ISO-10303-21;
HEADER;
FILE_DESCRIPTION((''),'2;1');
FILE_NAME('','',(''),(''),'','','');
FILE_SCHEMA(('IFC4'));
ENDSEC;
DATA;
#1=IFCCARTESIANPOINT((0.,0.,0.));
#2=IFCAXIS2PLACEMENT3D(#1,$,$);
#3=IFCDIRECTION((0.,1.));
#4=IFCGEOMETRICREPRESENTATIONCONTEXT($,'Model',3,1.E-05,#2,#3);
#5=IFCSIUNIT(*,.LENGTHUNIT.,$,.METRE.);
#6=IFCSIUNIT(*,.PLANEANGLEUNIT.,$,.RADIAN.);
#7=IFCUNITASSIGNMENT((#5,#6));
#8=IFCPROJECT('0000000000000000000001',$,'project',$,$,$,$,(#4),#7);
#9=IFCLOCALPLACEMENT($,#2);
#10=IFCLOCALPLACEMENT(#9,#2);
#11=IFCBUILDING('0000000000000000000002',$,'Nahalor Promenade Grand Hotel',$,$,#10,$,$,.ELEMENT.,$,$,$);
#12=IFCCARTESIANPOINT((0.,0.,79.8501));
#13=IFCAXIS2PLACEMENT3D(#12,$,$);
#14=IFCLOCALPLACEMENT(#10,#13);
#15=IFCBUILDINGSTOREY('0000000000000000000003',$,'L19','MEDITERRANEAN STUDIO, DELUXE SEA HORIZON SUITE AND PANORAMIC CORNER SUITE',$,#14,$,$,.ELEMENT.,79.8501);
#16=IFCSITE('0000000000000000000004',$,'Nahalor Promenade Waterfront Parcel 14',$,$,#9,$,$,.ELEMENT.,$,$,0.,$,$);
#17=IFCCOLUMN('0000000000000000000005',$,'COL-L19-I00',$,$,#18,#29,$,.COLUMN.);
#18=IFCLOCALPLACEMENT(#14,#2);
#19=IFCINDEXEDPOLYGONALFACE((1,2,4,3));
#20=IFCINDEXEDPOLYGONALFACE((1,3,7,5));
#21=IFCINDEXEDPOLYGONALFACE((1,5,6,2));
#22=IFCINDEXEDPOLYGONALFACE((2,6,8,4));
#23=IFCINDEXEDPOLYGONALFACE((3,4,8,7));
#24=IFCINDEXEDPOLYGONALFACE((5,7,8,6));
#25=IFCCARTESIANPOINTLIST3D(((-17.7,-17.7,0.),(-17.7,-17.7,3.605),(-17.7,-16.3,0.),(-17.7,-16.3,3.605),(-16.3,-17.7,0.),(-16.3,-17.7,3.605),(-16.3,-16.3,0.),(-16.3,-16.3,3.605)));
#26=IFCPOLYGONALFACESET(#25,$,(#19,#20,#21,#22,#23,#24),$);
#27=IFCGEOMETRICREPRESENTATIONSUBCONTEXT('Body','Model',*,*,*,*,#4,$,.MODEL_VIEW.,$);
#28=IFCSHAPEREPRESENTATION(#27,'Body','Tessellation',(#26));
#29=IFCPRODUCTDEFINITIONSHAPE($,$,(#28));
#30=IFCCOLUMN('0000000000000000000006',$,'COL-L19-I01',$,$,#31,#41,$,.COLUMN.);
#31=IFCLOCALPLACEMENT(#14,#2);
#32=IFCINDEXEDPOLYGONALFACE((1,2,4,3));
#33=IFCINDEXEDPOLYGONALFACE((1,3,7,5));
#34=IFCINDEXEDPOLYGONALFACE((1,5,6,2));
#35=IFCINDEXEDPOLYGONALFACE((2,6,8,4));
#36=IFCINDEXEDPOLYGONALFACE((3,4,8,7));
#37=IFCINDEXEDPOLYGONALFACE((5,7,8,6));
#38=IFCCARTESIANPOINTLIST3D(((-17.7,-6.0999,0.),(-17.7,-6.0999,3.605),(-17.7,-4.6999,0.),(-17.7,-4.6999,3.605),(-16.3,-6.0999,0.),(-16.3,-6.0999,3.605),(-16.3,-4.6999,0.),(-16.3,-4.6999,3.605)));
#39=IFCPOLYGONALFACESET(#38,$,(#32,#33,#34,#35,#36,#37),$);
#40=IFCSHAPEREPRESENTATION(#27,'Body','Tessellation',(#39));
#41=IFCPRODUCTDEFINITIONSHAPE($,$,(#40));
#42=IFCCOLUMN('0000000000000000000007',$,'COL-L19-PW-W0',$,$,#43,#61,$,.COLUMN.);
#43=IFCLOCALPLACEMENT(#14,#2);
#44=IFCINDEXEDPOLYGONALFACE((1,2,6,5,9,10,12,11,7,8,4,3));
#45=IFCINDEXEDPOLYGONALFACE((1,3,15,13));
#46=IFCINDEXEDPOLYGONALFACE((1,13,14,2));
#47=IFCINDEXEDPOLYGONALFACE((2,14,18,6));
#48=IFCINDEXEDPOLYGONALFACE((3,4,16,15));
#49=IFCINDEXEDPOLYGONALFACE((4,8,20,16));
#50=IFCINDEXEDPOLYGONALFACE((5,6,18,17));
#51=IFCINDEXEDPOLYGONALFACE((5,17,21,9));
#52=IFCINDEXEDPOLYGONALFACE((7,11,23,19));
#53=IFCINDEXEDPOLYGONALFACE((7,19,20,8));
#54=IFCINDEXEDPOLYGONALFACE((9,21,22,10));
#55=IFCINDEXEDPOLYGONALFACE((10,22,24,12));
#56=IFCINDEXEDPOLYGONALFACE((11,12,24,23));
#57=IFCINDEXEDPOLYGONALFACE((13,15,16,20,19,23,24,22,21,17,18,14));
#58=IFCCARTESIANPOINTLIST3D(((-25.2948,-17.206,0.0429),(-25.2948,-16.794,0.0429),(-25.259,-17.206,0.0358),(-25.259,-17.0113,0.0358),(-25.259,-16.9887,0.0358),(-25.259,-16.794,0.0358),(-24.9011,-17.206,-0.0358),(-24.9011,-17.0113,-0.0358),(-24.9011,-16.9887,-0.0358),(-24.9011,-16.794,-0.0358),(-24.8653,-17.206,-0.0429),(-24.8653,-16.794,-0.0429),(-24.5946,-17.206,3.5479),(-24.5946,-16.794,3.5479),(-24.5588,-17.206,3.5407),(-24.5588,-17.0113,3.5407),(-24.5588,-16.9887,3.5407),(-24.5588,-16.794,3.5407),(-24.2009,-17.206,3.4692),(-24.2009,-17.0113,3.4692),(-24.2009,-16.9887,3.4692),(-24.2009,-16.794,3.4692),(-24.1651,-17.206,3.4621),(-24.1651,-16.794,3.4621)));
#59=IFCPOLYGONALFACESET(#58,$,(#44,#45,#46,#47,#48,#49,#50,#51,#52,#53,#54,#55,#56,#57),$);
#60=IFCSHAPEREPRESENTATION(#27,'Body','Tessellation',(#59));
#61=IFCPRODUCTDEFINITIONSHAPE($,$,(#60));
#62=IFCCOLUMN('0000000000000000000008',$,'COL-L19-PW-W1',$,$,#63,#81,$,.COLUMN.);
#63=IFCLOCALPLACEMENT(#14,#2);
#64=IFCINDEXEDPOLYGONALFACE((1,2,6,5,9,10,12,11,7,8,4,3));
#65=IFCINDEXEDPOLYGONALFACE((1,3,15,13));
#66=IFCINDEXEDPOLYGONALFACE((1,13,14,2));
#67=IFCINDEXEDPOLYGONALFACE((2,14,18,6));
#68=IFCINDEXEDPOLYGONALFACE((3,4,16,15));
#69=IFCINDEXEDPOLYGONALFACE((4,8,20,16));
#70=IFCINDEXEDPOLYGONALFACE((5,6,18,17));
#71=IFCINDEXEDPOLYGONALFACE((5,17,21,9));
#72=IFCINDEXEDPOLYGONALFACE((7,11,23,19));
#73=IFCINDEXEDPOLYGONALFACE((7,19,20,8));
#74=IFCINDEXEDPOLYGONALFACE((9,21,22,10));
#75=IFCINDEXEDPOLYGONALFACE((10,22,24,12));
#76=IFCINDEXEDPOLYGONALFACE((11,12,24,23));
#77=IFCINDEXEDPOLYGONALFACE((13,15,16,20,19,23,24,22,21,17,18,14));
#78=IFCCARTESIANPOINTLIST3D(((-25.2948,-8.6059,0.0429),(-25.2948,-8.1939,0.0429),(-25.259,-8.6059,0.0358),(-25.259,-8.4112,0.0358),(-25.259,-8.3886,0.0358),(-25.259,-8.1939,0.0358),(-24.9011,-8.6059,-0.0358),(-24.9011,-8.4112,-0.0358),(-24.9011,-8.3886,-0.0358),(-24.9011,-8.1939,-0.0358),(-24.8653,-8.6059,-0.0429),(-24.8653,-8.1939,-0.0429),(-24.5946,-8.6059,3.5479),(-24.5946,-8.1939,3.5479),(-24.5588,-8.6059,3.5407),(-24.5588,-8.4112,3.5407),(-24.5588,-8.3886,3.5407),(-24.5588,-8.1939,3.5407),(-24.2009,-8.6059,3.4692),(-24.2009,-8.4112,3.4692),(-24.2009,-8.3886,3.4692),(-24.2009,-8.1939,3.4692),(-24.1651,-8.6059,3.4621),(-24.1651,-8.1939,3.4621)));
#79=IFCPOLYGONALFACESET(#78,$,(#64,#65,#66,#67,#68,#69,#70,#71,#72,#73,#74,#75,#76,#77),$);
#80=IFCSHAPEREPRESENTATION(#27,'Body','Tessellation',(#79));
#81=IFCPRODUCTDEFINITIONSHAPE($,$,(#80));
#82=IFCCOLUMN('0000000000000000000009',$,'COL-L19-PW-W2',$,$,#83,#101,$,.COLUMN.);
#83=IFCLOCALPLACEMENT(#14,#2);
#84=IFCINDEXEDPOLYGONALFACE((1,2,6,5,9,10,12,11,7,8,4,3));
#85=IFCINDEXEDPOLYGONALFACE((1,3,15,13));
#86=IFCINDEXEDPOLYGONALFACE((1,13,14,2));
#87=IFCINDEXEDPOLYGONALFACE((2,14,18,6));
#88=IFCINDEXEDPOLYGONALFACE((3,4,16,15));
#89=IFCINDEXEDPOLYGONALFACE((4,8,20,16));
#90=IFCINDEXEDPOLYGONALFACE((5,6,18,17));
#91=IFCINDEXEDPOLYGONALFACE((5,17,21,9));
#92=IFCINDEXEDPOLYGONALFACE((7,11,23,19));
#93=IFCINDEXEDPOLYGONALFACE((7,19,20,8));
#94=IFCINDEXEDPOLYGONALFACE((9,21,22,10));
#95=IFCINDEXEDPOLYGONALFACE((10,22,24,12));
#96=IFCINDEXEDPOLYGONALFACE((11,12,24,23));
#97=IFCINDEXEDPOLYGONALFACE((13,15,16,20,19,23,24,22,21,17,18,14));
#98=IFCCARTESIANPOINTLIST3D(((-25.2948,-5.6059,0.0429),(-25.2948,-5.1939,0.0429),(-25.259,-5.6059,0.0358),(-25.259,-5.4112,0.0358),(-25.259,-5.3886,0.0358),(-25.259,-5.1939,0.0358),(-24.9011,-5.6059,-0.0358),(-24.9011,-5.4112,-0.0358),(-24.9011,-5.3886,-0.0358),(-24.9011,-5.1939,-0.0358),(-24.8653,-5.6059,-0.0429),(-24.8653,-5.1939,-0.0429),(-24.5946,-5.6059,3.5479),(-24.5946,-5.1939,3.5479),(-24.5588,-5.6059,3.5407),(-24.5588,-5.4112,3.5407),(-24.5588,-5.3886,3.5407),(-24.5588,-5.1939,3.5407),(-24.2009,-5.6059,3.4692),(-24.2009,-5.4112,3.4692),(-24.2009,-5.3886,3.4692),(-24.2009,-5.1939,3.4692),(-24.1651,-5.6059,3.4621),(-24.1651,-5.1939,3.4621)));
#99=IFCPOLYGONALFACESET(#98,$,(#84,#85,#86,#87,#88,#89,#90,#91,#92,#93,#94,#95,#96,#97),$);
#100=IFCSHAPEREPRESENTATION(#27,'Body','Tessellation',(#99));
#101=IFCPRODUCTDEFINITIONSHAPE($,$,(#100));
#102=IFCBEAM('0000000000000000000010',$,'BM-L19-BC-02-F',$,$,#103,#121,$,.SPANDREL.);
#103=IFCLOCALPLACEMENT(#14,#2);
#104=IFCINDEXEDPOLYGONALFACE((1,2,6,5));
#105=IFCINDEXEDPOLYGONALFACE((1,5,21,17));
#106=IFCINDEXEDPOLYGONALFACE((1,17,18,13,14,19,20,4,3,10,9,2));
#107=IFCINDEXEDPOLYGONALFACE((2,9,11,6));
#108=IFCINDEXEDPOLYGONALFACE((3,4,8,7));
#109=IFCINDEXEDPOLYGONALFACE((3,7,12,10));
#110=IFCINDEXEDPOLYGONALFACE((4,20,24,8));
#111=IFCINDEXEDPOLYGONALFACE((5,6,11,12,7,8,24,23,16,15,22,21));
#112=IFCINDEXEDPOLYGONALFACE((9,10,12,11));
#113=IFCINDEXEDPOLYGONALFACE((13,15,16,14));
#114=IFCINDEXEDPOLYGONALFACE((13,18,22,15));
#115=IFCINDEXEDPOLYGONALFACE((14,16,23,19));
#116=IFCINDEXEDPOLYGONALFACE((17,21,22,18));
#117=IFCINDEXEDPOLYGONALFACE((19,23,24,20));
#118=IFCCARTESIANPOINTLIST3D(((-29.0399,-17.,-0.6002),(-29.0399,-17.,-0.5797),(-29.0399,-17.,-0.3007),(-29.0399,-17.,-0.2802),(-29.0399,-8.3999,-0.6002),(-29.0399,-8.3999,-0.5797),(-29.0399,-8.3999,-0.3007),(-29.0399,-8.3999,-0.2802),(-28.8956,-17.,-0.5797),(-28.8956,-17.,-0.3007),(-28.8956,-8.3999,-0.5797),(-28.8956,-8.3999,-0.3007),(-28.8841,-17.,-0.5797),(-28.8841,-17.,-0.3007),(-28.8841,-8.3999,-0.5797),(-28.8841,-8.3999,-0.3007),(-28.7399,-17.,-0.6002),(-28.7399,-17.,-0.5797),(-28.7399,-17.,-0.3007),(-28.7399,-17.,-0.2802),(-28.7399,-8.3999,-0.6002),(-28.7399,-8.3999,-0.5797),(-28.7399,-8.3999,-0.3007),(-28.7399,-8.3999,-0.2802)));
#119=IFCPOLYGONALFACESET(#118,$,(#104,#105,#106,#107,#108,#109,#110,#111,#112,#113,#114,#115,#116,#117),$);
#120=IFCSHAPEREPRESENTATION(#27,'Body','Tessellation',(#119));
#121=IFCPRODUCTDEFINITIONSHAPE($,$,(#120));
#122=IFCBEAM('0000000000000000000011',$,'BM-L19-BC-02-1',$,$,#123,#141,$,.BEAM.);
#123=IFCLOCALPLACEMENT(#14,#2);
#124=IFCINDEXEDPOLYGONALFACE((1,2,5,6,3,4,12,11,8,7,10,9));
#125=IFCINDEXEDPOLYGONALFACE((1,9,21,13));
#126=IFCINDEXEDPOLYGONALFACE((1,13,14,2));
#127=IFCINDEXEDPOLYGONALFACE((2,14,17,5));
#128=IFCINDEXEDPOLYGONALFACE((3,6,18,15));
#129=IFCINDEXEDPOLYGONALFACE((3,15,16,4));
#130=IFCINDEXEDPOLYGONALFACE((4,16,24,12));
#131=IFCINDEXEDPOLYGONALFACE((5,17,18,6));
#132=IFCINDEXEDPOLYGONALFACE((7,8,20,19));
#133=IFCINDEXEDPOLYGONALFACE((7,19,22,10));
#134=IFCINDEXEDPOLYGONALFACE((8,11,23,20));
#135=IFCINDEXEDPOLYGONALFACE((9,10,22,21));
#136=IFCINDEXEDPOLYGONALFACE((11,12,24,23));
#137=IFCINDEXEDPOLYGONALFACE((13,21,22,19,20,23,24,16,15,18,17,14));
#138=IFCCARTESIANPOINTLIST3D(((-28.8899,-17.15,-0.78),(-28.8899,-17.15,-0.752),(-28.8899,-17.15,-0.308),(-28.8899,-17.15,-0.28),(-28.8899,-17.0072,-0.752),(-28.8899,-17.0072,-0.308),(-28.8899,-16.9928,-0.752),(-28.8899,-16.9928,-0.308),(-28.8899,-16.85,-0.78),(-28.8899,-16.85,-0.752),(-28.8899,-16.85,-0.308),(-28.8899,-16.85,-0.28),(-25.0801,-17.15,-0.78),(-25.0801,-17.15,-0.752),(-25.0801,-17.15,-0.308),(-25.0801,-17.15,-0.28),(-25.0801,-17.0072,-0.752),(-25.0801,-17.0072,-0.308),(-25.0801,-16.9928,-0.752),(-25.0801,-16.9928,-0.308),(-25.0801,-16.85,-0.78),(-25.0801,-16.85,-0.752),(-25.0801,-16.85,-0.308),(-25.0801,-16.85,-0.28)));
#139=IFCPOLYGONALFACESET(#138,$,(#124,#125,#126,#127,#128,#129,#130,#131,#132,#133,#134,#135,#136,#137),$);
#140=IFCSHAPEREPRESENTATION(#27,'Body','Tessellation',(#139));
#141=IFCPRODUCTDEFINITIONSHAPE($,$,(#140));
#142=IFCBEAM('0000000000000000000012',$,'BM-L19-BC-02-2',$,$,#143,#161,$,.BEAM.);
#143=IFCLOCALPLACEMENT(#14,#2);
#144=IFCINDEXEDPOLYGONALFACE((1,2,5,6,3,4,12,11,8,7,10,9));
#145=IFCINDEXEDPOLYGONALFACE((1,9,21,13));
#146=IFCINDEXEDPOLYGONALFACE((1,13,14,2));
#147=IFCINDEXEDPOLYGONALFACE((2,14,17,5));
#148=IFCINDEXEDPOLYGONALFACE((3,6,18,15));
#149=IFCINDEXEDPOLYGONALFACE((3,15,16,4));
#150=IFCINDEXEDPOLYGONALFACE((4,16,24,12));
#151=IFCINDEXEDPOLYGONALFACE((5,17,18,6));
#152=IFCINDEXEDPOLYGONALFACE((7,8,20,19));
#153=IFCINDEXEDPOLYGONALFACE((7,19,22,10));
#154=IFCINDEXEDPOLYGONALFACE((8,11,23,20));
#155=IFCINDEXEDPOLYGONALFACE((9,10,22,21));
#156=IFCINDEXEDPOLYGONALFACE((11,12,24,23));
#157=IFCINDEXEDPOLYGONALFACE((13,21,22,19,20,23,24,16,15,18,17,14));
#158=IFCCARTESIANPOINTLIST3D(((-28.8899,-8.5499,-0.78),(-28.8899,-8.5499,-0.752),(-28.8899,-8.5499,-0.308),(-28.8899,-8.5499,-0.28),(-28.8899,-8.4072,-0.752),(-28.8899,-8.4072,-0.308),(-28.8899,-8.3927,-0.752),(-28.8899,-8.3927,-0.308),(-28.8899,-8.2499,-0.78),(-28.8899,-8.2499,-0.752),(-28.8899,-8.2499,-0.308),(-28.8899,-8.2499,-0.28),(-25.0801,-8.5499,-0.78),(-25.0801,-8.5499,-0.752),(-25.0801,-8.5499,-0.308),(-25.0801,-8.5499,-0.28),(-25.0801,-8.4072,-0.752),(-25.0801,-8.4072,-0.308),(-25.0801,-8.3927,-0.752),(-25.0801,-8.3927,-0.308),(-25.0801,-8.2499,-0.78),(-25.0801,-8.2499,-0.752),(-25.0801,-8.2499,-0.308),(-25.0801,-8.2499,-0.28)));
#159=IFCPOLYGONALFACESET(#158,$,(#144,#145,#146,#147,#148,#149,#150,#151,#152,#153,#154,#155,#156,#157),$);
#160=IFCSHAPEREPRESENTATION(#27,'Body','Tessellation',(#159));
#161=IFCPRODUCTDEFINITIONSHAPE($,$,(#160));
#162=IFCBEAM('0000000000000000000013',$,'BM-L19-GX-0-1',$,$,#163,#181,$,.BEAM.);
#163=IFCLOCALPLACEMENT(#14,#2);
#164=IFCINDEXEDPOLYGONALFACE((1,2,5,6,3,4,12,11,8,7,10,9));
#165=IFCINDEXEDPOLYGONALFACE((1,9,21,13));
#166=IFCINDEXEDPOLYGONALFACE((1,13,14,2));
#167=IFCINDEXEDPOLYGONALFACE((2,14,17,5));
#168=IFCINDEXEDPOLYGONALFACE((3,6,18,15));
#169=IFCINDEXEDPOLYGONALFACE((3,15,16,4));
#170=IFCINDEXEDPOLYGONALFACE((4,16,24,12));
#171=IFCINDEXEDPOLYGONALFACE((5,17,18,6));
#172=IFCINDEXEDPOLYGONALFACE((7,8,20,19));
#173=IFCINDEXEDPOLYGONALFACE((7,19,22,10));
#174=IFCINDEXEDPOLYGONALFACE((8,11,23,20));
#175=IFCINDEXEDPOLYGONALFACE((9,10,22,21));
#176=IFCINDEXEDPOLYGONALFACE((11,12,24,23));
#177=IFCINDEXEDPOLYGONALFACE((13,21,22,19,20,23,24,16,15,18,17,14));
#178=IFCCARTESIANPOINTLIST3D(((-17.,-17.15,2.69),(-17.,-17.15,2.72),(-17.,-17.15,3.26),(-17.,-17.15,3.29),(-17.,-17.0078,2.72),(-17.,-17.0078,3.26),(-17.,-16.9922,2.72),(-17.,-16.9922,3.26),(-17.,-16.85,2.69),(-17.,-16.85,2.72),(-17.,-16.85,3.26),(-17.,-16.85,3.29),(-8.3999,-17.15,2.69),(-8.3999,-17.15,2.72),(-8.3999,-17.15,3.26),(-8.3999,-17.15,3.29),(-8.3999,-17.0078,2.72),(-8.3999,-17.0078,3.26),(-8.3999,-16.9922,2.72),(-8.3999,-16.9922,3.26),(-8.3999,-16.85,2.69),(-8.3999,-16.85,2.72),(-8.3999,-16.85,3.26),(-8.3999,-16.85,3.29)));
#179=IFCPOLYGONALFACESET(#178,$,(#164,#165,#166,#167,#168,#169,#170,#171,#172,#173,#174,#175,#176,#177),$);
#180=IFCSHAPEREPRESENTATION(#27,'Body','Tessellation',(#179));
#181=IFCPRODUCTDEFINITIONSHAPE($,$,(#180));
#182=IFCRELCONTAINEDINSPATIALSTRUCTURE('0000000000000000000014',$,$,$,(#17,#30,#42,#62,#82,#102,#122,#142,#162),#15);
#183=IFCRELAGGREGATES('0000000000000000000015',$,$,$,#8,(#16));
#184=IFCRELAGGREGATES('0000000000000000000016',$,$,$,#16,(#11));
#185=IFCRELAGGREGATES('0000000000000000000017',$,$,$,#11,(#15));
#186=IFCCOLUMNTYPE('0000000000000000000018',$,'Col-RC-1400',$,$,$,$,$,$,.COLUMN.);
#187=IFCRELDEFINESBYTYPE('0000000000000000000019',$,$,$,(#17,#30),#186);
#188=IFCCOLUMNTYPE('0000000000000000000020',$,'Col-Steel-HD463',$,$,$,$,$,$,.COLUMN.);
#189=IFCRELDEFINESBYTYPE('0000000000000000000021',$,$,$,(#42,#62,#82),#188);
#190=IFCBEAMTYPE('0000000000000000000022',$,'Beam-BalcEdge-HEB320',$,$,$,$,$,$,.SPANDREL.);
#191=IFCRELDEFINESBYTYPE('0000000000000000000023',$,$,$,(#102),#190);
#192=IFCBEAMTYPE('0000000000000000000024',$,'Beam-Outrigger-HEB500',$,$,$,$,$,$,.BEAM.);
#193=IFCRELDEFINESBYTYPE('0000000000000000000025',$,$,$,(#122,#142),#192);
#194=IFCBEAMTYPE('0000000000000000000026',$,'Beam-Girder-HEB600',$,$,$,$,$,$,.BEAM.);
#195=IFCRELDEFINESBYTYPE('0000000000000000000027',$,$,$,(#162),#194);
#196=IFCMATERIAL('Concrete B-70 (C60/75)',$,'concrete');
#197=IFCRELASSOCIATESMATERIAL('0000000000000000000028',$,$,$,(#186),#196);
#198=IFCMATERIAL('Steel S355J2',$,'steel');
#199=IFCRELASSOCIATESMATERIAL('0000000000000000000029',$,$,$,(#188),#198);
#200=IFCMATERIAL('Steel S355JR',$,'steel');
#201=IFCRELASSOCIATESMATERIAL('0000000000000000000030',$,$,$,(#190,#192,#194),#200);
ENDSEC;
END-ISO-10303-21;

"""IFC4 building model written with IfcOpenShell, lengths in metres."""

from ifc_helpers import new_model, si_unit, direction, frame, origin, origin_2d, place, context, subcontext, project, spatial, rectangle, i_section, extrude, source, transform, mapped, material, material_profile, profile_set, type_object, element, save


model = new_model("IFC4")

# Units and contexts
model_context = context("Model", 3, precision=1e-05, world=origin(), true_north=direction((0.0, 1.0)))
body_context = subcontext(model_context, "Body", "Model", "MODEL_VIEW")
ifc_project = project(units=[si_unit("LENGTHUNIT", "METRE"), si_unit("PLANEANGLEUNIT", "RADIAN")], contexts=[model_context])

# Site, building, storey
site_placement = place(None, origin())
site = spatial("IfcSite", under=ifc_project, at=site_placement, Name="Nahalor Promenade Waterfront Parcel 14", CompositionType="ELEMENT", RefElevation=0.0)
building_placement = place(site_placement, origin())
building = spatial("IfcBuilding", under=site, at=building_placement, Name="Nahalor Promenade Grand Hotel", CompositionType="ELEMENT")
storey_placement = place(building_placement, frame((0.0, 0.0, 79.8501)))
storey = spatial("IfcBuildingStorey", under=building, at=storey_placement, Name="L19", Description="MEDITERRANEAN STUDIO, DELUXE SEA HORIZON SUITE AND PANORAMIC CORNER SUITE", CompositionType="ELEMENT", Elevation=79.8501)

# Columns
ifc_material_1 = material(Name="Concrete B-70 (C60/75)", Category="concrete")
ifc_material_profile_1 = material_profile(ifc_material_1, rectangle(XDim=1.4, YDim=1.4, at=origin_2d()), Name="RC 1400x1400")
ifc_profile_set_1 = profile_set([ifc_material_profile_1], Name="Concrete B-70 (C60/75)")
column_type_1 = type_object("IfcColumnType", Name="Col-RC-1400", PredefinedType="COLUMN", material=ifc_profile_set_1)
shared_shape_1 = source(origin(), body_context, "Body", "SweptSolid", [
    extrude(rectangle(XDim=1.4, YDim=1.4, at=origin_2d()), origin(), (0.0, 0.0, 1.0), 3.605),
])
for number, where, z_axis, x_axis, name in (
    (1, (-17.0, -17.0, 0.0), (0.0, 0.0, 1.0), (1.0, 0.0, 0.0), "COL-L19-I00"),
    (2, (-17.0, -5.3999, 0.0), (0.0, 0.0, 1.0), (1.0, 0.0, 0.0), "COL-L19-I01"),
):
    element("IfcColumn", number, at=place(storey_placement, frame(where, z_axis=z_axis, x_axis=x_axis)), inside=storey, type_object=column_type_1, Name=name, PredefinedType="COLUMN", context=body_context, shape_type="MappedRepresentation", body=[
        mapped(shared_shape_1, transform((0.0, 0.0, 0.0), scale=1.0)),
    ])
ifc_material_2 = material(Name="Steel S355J2", Category="steel")
ifc_material_profile_2 = material_profile(ifc_material_2, i_section(OverallWidth=0.412, OverallDepth=0.438, WebThickness=0.0226, FlangeThickness=0.0365, at=origin_2d()), Name="HD 400x463")
ifc_profile_set_2 = profile_set([ifc_material_profile_2], Name="Steel S355J2")
column_type_2 = type_object("IfcColumnType", Name="Col-Steel-HD463", PredefinedType="COLUMN", material=ifc_profile_set_2)
shared_shape_2 = source(origin(), body_context, "Body", "SweptSolid", [
    extrude(i_section(OverallWidth=0.412, OverallDepth=0.438, WebThickness=0.0226, FlangeThickness=0.0365, at=origin_2d()), origin(), (0.0, 0.0, 1.0), 3.5742),
])
for number, where, z_axis, x_axis, name in (
    (3, (-25.0801, -17.0, 0.0), (0.195906, 0.0, 0.980623), (0.0, 1.0, 0.0), "COL-L19-PW-W0"),
    (4, (-25.0801, -8.3999, 0.0), (0.195906, 0.0, 0.980623), (0.0, 1.0, 0.0), "COL-L19-PW-W1"),
    (5, (-25.0801, -5.3999, 0.0), (0.195906, 0.0, 0.980623), (0.0, 1.0, 0.0), "COL-L19-PW-W2"),
):
    element("IfcColumn", number, at=place(storey_placement, frame(where, z_axis=z_axis, x_axis=x_axis)), inside=storey, type_object=column_type_2, Name=name, PredefinedType="COLUMN", context=body_context, shape_type="MappedRepresentation", body=[
        mapped(shared_shape_2, transform((0.0, 0.0, 0.0), scale=1.0)),
    ])

# Beams
ifc_material_3 = material(Name="Steel S355JR", Category="steel")
ifc_material_profile_3 = material_profile(ifc_material_3, i_section(OverallWidth=0.3, OverallDepth=0.32, WebThickness=0.0115, FlangeThickness=0.0205, at=origin_2d()), Name="HEB 320")
ifc_profile_set_3 = profile_set([ifc_material_profile_3], Name="Steel S355JR")
beam_type_1 = type_object("IfcBeamType", Name="Beam-BalcEdge-HEB320", PredefinedType="SPANDREL", material=ifc_profile_set_3)
shared_shape_3 = source(origin(), body_context, "Body", "SweptSolid", [
    extrude(i_section(OverallWidth=0.3, OverallDepth=0.32, WebThickness=0.0115, FlangeThickness=0.0205, at=origin_2d()), origin(), (0.0, 0.0, 1.0), 8.6001),
])
beam_1_placement = place(storey_placement, frame((-28.8899, -17.0, -0.4402), z_axis=(0.0, 1.0, 0.0), x_axis=(-1.0, 0.0, 0.0)))
element("IfcBeam", 6, at=beam_1_placement, inside=storey, type_object=beam_type_1, Name="BM-L19-BC-02-F", PredefinedType="SPANDREL", context=body_context, shape_type="MappedRepresentation", body=[
    mapped(shared_shape_3, transform((0.0, 0.0, 0.0), scale=1.0)),
])
ifc_material_profile_4 = material_profile(ifc_material_3, i_section(OverallWidth=0.3, OverallDepth=0.5, WebThickness=0.0145, FlangeThickness=0.028, at=origin_2d()), Name="HEB 500")
ifc_profile_set_4 = profile_set([ifc_material_profile_4], Name="Steel S355JR")
beam_type_2 = type_object("IfcBeamType", Name="Beam-Outrigger-HEB500", PredefinedType="BEAM", material=ifc_profile_set_4)
shared_shape_4 = source(origin(), body_context, "Body", "SweptSolid", [
    extrude(i_section(OverallWidth=0.3, OverallDepth=0.5, WebThickness=0.0145, FlangeThickness=0.028, at=origin_2d()), origin(), (0.0, 0.0, 1.0), 3.8098),
])
for number, where, z_axis, x_axis, name in (
    (7, (-28.8899, -17.0, -0.53), (1.0, 0.0, 0.0), (0.0, 1.0, 0.0), "BM-L19-BC-02-1"),
    (8, (-28.8899, -8.3999, -0.53), (1.0, 0.0, 0.0), (0.0, 1.0, 0.0), "BM-L19-BC-02-2"),
):
    element("IfcBeam", number, at=place(storey_placement, frame(where, z_axis=z_axis, x_axis=x_axis)), inside=storey, type_object=beam_type_2, Name=name, PredefinedType="BEAM", context=body_context, shape_type="MappedRepresentation", body=[
        mapped(shared_shape_4, transform((0.0, 0.0, 0.0), scale=1.0)),
    ])
ifc_material_profile_5 = material_profile(ifc_material_3, i_section(OverallWidth=0.3, OverallDepth=0.6, WebThickness=0.0155, FlangeThickness=0.03, at=origin_2d()), Name="HEB 600")
ifc_profile_set_5 = profile_set([ifc_material_profile_5], Name="Steel S355JR")
beam_type_3 = type_object("IfcBeamType", Name="Beam-Girder-HEB600", PredefinedType="BEAM", material=ifc_profile_set_5)
shared_shape_5 = source(origin(), body_context, "Body", "SweptSolid", [
    extrude(i_section(OverallWidth=0.3, OverallDepth=0.6, WebThickness=0.0155, FlangeThickness=0.03, at=origin_2d()), origin(), (0.0, 0.0, 1.0), 8.6001),
])
for number, where, z_axis, x_axis, name in (
    (9, (-17.0, -17.0, 2.99), (1.0, 0.0, 0.0), (0.0, 1.0, 0.0), "BM-L19-GX-0-1"),
):
    element("IfcBeam", number, at=place(storey_placement, frame(where, z_axis=z_axis, x_axis=x_axis)), inside=storey, type_object=beam_type_3, Name=name, PredefinedType="BEAM", context=body_context, shape_type="MappedRepresentation", body=[
        mapped(shared_shape_5, transform((0.0, 0.0, 0.0), scale=1.0)),
    ])

save(model, "model.ifc")
